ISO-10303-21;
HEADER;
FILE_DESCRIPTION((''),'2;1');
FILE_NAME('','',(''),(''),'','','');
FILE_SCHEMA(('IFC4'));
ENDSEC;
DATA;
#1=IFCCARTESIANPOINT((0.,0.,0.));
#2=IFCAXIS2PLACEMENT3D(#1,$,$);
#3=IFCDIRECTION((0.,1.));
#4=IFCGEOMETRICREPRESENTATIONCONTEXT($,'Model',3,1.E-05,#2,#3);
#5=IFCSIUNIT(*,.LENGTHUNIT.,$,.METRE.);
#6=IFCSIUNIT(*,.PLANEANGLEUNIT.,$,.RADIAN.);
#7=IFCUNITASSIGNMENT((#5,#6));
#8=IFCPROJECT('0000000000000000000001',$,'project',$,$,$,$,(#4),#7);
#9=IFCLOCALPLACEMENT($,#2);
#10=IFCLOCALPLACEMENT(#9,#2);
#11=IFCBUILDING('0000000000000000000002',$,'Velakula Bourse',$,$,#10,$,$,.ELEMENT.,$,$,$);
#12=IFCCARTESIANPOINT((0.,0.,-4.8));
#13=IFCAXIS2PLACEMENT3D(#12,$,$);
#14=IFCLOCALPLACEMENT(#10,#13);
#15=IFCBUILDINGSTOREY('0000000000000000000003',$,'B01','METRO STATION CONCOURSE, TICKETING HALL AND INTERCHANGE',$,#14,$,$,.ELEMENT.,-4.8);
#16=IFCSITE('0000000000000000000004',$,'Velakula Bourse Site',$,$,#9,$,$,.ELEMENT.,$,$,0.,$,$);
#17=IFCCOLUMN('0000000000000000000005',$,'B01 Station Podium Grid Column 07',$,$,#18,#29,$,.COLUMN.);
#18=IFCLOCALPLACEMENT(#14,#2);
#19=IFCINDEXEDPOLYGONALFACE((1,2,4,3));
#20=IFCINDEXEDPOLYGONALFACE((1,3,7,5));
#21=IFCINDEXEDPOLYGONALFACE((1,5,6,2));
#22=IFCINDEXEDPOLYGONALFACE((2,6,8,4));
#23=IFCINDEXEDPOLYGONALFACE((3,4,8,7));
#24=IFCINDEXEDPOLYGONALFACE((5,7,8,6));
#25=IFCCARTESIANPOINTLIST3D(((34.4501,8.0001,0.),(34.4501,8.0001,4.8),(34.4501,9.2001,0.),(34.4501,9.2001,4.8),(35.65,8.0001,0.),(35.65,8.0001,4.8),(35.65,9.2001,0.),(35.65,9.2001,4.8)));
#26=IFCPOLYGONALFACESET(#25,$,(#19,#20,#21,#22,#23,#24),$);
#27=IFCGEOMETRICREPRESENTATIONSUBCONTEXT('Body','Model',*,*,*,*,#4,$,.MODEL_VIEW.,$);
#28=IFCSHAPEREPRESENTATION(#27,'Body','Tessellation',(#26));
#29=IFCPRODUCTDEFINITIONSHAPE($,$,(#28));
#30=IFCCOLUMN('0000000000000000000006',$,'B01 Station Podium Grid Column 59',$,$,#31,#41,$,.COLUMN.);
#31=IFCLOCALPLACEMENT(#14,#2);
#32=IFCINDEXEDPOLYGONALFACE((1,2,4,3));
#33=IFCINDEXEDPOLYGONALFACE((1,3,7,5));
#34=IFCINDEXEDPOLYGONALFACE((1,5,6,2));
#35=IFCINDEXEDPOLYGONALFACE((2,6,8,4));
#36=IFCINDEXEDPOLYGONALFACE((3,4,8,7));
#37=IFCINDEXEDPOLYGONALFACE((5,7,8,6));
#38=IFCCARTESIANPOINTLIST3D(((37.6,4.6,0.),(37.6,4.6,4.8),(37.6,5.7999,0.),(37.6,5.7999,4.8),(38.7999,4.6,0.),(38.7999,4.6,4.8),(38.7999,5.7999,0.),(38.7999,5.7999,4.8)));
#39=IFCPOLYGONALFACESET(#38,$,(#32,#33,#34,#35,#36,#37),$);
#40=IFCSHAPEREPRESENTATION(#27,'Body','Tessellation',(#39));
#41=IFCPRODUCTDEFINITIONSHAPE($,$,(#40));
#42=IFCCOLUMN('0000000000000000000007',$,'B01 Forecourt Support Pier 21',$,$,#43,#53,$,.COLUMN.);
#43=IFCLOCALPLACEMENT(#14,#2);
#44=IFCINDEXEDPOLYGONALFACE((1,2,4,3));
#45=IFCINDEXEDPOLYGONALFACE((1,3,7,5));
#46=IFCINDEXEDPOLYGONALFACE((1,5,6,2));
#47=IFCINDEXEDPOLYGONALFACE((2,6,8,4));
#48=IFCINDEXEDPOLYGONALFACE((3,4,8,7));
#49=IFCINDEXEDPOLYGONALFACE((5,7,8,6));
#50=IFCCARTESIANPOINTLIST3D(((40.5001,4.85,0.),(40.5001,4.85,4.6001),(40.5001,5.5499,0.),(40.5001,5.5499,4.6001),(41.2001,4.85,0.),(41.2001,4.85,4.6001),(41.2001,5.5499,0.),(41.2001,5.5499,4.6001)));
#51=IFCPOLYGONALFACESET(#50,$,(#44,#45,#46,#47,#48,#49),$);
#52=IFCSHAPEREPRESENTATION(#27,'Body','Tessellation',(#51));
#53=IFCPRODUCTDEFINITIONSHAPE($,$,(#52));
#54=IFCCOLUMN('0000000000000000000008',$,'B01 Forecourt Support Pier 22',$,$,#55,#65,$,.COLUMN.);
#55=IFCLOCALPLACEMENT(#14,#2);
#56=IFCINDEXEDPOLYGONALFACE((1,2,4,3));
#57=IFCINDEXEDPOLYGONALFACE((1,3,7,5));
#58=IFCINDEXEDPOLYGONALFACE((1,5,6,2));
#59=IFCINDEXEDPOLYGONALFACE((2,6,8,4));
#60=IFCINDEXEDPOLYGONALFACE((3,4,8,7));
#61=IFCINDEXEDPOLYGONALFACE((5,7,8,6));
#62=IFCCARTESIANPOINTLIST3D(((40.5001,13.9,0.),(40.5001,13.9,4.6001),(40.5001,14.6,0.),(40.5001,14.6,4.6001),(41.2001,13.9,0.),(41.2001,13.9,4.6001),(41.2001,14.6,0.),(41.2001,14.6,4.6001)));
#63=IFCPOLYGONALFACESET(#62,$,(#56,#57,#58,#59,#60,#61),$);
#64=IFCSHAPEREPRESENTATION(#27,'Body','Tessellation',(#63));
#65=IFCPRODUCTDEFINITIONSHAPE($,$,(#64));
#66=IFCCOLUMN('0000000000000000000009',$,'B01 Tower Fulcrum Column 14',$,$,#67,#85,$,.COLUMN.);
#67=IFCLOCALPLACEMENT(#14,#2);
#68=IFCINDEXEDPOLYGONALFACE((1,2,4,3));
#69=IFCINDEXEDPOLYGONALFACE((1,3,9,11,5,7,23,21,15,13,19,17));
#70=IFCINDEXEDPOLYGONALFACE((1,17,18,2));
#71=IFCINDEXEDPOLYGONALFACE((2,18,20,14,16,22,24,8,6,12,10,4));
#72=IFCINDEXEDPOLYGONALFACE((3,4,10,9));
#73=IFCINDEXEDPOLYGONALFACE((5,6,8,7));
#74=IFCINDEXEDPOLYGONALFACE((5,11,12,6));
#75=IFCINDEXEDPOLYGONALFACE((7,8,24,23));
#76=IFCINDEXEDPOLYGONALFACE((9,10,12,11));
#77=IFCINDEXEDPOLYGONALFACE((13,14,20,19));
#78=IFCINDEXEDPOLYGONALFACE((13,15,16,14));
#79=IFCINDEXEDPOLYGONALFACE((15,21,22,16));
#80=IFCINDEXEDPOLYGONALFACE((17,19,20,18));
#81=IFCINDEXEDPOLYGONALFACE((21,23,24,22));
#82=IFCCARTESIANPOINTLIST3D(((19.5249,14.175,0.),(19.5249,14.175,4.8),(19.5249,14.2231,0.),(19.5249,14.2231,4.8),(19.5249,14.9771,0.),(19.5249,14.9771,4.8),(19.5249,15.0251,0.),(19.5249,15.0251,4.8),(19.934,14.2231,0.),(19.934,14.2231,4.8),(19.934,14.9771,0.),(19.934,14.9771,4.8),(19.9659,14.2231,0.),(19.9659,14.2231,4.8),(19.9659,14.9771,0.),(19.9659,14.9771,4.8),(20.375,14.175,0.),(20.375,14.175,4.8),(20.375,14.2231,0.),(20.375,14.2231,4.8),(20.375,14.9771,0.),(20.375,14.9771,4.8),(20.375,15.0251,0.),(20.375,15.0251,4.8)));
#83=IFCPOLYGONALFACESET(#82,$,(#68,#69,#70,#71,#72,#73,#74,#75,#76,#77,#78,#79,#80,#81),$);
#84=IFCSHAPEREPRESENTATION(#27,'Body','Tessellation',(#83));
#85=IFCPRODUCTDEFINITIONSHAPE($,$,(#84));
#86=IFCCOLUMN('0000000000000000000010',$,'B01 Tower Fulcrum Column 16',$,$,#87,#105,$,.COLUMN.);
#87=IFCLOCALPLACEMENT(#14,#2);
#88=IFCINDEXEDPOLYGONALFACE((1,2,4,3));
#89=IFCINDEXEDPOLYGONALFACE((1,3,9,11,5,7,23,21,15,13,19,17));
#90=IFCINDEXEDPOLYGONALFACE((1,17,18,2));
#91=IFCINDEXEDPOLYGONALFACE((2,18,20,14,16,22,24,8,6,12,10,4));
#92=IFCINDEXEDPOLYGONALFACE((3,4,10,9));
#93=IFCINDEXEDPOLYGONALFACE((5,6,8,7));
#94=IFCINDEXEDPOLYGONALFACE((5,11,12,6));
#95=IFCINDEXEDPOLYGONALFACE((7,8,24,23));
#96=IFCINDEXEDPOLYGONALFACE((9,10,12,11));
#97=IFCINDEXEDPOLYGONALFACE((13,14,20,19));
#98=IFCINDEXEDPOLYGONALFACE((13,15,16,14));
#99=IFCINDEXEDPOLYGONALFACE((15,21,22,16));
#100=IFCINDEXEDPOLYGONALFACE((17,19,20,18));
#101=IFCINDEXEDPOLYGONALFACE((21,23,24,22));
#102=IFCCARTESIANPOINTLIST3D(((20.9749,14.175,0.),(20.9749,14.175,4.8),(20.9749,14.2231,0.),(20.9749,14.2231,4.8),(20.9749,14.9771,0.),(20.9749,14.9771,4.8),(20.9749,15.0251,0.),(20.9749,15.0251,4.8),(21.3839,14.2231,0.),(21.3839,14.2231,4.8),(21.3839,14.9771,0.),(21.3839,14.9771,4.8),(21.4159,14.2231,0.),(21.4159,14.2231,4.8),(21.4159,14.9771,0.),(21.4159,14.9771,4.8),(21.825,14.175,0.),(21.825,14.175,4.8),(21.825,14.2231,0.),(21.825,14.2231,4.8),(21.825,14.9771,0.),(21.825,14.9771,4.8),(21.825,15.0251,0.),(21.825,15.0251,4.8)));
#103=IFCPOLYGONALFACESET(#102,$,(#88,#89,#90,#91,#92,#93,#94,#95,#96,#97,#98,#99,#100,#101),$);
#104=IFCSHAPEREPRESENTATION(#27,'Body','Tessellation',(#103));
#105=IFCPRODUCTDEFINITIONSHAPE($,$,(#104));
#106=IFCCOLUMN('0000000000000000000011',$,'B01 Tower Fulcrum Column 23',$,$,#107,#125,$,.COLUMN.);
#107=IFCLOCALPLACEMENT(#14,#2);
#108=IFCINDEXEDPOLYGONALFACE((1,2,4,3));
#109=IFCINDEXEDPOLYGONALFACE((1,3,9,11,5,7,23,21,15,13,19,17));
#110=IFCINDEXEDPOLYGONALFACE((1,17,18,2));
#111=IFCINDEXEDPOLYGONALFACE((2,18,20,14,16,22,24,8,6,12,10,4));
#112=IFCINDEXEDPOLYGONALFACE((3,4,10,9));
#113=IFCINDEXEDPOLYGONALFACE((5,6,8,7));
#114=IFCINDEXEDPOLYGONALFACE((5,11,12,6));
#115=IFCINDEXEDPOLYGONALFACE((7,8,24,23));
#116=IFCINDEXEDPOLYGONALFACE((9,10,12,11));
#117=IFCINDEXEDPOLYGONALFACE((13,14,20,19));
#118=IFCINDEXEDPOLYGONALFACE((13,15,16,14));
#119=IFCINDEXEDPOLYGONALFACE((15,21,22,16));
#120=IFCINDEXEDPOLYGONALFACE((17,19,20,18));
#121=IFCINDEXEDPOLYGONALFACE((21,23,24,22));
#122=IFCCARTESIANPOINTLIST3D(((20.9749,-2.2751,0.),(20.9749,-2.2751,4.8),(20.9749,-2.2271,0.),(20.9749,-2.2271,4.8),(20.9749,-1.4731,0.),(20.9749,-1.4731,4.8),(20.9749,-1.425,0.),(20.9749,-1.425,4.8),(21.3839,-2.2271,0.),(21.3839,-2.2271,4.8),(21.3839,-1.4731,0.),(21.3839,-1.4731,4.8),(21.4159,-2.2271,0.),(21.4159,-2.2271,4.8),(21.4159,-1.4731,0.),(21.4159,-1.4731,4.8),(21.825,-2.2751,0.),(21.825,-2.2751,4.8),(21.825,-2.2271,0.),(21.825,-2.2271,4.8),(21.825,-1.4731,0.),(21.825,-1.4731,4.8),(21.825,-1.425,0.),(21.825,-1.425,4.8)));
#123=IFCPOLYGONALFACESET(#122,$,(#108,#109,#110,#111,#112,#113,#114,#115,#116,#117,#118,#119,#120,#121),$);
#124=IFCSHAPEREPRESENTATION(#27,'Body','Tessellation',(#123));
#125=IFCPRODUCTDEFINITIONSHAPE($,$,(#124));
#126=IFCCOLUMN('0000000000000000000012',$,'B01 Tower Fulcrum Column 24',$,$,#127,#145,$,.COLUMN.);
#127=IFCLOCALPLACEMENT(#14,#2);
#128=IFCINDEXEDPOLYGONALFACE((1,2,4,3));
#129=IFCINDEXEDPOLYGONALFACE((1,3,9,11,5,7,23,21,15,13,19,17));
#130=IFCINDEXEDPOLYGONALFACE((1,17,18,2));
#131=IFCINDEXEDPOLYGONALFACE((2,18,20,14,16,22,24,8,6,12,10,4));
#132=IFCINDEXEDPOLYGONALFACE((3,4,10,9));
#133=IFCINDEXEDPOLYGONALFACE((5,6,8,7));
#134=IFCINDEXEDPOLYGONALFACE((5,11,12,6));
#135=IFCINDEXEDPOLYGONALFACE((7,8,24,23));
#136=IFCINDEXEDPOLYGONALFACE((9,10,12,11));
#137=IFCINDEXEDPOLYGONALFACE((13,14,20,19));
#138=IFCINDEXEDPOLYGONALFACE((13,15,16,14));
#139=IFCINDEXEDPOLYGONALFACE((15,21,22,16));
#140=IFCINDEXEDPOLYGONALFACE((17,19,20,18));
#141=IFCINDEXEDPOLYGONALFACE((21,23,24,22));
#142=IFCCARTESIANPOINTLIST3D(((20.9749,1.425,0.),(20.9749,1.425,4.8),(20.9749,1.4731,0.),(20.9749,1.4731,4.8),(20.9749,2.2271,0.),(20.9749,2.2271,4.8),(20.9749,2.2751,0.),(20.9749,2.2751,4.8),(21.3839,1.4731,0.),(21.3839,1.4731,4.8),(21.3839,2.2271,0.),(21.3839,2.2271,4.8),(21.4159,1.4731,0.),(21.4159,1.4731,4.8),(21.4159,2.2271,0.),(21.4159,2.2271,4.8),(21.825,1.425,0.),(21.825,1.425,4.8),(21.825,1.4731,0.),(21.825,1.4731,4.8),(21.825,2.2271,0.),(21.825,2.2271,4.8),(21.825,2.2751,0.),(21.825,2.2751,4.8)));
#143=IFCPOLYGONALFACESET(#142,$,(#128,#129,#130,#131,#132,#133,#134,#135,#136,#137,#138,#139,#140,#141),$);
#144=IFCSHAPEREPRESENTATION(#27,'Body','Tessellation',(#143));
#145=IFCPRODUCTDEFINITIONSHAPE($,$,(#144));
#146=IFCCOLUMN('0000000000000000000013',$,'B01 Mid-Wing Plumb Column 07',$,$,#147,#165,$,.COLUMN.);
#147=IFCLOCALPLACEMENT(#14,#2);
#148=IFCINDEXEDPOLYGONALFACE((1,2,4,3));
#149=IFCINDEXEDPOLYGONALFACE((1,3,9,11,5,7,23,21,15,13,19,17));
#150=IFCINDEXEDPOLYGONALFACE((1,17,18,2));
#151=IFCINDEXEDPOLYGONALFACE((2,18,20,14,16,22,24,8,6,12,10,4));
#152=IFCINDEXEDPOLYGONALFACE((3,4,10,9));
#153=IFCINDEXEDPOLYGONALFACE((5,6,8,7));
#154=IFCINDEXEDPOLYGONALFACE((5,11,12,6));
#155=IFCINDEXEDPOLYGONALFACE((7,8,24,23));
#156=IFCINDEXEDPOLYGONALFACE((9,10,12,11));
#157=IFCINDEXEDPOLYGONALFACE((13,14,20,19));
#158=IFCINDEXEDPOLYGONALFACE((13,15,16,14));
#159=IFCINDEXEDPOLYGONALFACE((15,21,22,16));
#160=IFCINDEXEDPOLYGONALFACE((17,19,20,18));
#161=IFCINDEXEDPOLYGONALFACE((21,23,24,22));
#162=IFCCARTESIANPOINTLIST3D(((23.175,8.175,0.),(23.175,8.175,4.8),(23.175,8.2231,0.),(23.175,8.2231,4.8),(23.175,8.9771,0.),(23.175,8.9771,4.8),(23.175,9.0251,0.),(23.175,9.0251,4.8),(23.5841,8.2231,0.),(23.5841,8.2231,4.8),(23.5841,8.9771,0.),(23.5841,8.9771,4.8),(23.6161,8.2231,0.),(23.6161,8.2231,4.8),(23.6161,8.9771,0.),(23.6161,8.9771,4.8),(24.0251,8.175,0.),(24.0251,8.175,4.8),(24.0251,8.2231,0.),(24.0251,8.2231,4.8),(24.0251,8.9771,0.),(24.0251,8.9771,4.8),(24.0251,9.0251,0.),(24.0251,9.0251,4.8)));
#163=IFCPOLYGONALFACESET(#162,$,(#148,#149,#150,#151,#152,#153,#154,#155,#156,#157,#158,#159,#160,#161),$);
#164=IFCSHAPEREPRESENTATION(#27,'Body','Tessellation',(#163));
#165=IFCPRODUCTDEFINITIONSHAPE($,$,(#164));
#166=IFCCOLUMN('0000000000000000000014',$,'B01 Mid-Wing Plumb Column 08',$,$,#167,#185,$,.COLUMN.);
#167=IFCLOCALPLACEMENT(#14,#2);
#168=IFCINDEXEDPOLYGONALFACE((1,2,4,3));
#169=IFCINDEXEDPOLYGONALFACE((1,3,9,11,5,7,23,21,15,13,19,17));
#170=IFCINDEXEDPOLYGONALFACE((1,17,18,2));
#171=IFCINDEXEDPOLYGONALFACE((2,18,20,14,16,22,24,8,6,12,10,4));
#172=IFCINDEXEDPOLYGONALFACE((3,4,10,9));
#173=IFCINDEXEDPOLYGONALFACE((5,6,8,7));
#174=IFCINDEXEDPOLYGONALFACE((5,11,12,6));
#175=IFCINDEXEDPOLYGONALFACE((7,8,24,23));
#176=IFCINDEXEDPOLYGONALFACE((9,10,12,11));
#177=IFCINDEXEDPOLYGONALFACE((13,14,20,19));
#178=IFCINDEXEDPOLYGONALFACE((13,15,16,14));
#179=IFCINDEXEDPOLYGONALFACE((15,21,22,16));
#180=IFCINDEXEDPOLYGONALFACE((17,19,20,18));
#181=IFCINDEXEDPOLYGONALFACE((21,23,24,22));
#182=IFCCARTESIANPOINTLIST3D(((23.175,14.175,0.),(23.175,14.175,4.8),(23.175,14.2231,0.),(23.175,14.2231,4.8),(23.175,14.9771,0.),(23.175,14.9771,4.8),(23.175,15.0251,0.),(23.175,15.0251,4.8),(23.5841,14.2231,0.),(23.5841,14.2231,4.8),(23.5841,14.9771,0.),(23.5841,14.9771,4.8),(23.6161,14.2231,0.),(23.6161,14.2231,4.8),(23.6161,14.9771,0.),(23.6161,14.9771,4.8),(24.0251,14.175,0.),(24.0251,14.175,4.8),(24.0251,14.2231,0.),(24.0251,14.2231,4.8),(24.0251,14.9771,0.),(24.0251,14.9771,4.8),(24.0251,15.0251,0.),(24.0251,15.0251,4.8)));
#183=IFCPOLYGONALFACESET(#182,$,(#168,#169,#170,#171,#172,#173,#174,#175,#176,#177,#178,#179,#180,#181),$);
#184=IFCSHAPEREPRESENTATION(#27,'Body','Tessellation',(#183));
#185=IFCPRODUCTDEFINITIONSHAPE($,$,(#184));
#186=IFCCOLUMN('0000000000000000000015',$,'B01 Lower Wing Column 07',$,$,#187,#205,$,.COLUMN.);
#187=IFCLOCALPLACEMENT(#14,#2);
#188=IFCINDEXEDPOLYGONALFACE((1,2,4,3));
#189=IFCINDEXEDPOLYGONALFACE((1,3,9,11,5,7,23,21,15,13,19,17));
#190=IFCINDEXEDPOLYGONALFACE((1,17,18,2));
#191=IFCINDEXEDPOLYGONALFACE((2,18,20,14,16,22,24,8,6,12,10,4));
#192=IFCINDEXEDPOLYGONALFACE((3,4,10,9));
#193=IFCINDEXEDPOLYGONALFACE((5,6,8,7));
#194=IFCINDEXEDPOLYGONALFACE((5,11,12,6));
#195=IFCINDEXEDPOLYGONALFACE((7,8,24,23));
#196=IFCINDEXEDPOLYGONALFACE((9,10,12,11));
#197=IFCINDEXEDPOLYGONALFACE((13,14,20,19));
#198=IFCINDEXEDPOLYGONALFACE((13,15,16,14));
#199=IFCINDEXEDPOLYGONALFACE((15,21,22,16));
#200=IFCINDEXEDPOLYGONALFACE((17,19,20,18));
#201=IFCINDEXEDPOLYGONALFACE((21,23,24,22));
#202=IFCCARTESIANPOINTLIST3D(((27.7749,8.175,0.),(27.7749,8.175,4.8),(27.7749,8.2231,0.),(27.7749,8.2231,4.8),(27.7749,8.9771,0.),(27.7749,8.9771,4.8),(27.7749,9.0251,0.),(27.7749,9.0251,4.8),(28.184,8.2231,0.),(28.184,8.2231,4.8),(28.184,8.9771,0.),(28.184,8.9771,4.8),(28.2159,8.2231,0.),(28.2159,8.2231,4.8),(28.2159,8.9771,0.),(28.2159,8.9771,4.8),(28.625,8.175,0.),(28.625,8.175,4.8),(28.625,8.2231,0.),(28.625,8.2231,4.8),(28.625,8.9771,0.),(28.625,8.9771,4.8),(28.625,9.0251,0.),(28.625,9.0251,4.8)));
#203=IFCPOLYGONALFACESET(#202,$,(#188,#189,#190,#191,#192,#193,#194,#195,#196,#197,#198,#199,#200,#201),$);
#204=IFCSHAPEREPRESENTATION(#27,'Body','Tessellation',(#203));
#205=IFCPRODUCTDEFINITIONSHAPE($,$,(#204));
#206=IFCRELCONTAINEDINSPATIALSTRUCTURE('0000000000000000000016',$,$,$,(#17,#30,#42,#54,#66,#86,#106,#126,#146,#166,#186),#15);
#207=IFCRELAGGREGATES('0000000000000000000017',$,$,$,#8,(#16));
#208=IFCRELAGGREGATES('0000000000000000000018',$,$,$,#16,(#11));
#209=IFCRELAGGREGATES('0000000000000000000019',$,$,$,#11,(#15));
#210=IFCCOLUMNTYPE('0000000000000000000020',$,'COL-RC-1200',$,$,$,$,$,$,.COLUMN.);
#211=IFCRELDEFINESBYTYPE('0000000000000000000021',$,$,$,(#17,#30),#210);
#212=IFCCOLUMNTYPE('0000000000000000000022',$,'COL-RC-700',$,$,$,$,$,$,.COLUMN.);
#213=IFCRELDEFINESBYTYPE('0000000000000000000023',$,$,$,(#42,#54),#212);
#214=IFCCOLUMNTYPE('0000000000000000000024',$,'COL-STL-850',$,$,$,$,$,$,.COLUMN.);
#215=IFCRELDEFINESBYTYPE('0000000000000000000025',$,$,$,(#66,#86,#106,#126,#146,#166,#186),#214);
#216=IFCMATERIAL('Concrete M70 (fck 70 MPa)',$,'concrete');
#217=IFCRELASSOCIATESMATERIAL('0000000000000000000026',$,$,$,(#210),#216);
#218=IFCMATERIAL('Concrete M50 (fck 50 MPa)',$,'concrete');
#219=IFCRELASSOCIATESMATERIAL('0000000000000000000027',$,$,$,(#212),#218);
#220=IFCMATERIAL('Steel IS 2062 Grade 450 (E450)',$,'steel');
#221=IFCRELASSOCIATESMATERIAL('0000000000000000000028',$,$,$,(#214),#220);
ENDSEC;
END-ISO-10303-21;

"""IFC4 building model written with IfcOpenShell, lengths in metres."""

from ifc_helpers import new_model, si_unit, direction, frame, origin, origin_2d, place, context, subcontext, project, spatial, rectangle, i_section, extrude, material, material_profile, profile_set, type_object, element, save


model = new_model("IFC4")

# Units and contexts
model_context = context("Model", 3, precision=1e-05, world=origin(), true_north=direction((0.0, 1.0)))
body_context = subcontext(model_context, "Body", "Model", "MODEL_VIEW")
ifc_project = project(units=[si_unit("LENGTHUNIT", "METRE"), si_unit("PLANEANGLEUNIT", "RADIAN")], contexts=[model_context])

# Site, building, storey
site_placement = place(None, origin())
site = spatial("IfcSite", under=ifc_project, at=site_placement, Name="Velakula Bourse Site", CompositionType="ELEMENT", RefElevation=0.0)
building_placement = place(site_placement, origin())
building = spatial("IfcBuilding", under=site, at=building_placement, Name="Velakula Bourse", CompositionType="ELEMENT")
storey_placement = place(building_placement, frame((0.0, 0.0, -4.8)))
storey = spatial("IfcBuildingStorey", under=building, at=storey_placement, Name="B01", Description="METRO STATION CONCOURSE, TICKETING HALL AND INTERCHANGE", CompositionType="ELEMENT", Elevation=-4.8)

# Columns
ifc_material_1 = material(Name="Concrete M70 (fck 70 MPa)", Category="concrete")
ifc_material_profile_1 = material_profile(ifc_material_1, rectangle(XDim=1.2, YDim=1.2, at=origin_2d()), Name="Concrete M70 (fck 70 MPa)")
ifc_profile_set_1 = profile_set([ifc_material_profile_1], Name="Concrete M70 (fck 70 MPa)")
column_type_1 = type_object("IfcColumnType", Name="COL-RC-1200", PredefinedType="COLUMN", material=ifc_profile_set_1)
for number, where, z_axis, x_axis, name in (
    (1, (35.05, 8.6001, 0.0), (0.0, 0.0, 1.0), (1.0, 0.0, 0.0), "B01 Station Podium Grid Column 07"),
    (2, (38.2, 5.2, 0.0), (0.0, 0.0, 1.0), (1.0, 0.0, 0.0), "B01 Station Podium Grid Column 59"),
):
    element("IfcColumn", number, at=place(storey_placement, frame(where, z_axis=z_axis, x_axis=x_axis)), inside=storey, type_object=column_type_1, Name=name, PredefinedType="COLUMN", context=body_context, shape_type="SweptSolid", body=[
        extrude(rectangle(XDim=1.2, YDim=1.2, at=origin_2d()), origin(), (0.0, 0.0, 1.0), 4.8),
    ])
ifc_material_2 = material(Name="Concrete M50 (fck 50 MPa)", Category="concrete")
ifc_material_profile_2 = material_profile(ifc_material_2, rectangle(XDim=0.7, YDim=0.7, at=origin_2d()), Name="Concrete M50 (fck 50 MPa)")
ifc_profile_set_2 = profile_set([ifc_material_profile_2], Name="Concrete M50 (fck 50 MPa)")
column_type_2 = type_object("IfcColumnType", Name="COL-RC-700", PredefinedType="COLUMN", material=ifc_profile_set_2)
for number, where, z_axis, x_axis, name in (
    (3, (40.8501, 5.2, 0.0), (0.0, 0.0, 1.0), (1.0, 0.0, 0.0), "B01 Forecourt Support Pier 21"),
    (4, (40.8501, 14.25, 0.0), (0.0, 0.0, 1.0), (1.0, 0.0, 0.0), "B01 Forecourt Support Pier 22"),
):
    element("IfcColumn", number, at=place(storey_placement, frame(where, z_axis=z_axis, x_axis=x_axis)), inside=storey, type_object=column_type_2, Name=name, PredefinedType="COLUMN", context=body_context, shape_type="SweptSolid", body=[
        extrude(rectangle(XDim=0.7, YDim=0.7, at=origin_2d()), origin(), (0.0, 0.0, 1.0), 4.6001),
    ])
ifc_material_3 = material(Name="Steel IS 2062 Grade 450 (E450)", Category="steel")
ifc_material_profile_3 = material_profile(ifc_material_3, i_section(OverallWidth=0.8501, OverallDepth=0.8501, WebThickness=0.032, FlangeThickness=0.0481, at=origin_2d()), Name="Steel IS 2062 Grade 450 (E450)")
ifc_profile_set_3 = profile_set([ifc_material_profile_3], Name="Steel IS 2062 Grade 450 (E450)")
column_type_3 = type_object("IfcColumnType", Name="COL-STL-850", PredefinedType="COLUMN", material=ifc_profile_set_3)
for number, where, z_axis, x_axis, name in (
    (5, (19.95, 14.6001, 0.0), (0.0, 0.0, 1.0), (1.0, 0.0, 0.0), "B01 Tower Fulcrum Column 14"),
    (6, (21.3999, 14.6001, 0.0), (0.0, 0.0, 1.0), (1.0, 0.0, 0.0), "B01 Tower Fulcrum Column 16"),
    (7, (21.3999, -1.8501, 0.0), (0.0, 0.0, 1.0), (1.0, 0.0, 0.0), "B01 Tower Fulcrum Column 23"),
    (8, (21.3999, 1.8501, 0.0), (0.0, 0.0, 1.0), (1.0, 0.0, 0.0), "B01 Tower Fulcrum Column 24"),
    (9, (23.6001, 8.6001, 0.0), (0.0, 0.0, 1.0), (1.0, 0.0, 0.0), "B01 Mid-Wing Plumb Column 07"),
    (10, (23.6001, 14.6001, 0.0), (0.0, 0.0, 1.0), (1.0, 0.0, 0.0), "B01 Mid-Wing Plumb Column 08"),
    (11, (28.2, 8.6001, 0.0), (0.0, 0.0, 1.0), (1.0, 0.0, 0.0), "B01 Lower Wing Column 07"),
):
    element("IfcColumn", number, at=place(storey_placement, frame(where, z_axis=z_axis, x_axis=x_axis)), inside=storey, type_object=column_type_3, Name=name, PredefinedType="COLUMN", context=body_context, shape_type="SweptSolid", body=[
        extrude(i_section(OverallWidth=0.8501, OverallDepth=0.8501, WebThickness=0.032, FlangeThickness=0.0481, at=origin_2d()), origin(), (0.0, 0.0, 1.0), 4.8),
    ])

save(model, "model.ifc")
